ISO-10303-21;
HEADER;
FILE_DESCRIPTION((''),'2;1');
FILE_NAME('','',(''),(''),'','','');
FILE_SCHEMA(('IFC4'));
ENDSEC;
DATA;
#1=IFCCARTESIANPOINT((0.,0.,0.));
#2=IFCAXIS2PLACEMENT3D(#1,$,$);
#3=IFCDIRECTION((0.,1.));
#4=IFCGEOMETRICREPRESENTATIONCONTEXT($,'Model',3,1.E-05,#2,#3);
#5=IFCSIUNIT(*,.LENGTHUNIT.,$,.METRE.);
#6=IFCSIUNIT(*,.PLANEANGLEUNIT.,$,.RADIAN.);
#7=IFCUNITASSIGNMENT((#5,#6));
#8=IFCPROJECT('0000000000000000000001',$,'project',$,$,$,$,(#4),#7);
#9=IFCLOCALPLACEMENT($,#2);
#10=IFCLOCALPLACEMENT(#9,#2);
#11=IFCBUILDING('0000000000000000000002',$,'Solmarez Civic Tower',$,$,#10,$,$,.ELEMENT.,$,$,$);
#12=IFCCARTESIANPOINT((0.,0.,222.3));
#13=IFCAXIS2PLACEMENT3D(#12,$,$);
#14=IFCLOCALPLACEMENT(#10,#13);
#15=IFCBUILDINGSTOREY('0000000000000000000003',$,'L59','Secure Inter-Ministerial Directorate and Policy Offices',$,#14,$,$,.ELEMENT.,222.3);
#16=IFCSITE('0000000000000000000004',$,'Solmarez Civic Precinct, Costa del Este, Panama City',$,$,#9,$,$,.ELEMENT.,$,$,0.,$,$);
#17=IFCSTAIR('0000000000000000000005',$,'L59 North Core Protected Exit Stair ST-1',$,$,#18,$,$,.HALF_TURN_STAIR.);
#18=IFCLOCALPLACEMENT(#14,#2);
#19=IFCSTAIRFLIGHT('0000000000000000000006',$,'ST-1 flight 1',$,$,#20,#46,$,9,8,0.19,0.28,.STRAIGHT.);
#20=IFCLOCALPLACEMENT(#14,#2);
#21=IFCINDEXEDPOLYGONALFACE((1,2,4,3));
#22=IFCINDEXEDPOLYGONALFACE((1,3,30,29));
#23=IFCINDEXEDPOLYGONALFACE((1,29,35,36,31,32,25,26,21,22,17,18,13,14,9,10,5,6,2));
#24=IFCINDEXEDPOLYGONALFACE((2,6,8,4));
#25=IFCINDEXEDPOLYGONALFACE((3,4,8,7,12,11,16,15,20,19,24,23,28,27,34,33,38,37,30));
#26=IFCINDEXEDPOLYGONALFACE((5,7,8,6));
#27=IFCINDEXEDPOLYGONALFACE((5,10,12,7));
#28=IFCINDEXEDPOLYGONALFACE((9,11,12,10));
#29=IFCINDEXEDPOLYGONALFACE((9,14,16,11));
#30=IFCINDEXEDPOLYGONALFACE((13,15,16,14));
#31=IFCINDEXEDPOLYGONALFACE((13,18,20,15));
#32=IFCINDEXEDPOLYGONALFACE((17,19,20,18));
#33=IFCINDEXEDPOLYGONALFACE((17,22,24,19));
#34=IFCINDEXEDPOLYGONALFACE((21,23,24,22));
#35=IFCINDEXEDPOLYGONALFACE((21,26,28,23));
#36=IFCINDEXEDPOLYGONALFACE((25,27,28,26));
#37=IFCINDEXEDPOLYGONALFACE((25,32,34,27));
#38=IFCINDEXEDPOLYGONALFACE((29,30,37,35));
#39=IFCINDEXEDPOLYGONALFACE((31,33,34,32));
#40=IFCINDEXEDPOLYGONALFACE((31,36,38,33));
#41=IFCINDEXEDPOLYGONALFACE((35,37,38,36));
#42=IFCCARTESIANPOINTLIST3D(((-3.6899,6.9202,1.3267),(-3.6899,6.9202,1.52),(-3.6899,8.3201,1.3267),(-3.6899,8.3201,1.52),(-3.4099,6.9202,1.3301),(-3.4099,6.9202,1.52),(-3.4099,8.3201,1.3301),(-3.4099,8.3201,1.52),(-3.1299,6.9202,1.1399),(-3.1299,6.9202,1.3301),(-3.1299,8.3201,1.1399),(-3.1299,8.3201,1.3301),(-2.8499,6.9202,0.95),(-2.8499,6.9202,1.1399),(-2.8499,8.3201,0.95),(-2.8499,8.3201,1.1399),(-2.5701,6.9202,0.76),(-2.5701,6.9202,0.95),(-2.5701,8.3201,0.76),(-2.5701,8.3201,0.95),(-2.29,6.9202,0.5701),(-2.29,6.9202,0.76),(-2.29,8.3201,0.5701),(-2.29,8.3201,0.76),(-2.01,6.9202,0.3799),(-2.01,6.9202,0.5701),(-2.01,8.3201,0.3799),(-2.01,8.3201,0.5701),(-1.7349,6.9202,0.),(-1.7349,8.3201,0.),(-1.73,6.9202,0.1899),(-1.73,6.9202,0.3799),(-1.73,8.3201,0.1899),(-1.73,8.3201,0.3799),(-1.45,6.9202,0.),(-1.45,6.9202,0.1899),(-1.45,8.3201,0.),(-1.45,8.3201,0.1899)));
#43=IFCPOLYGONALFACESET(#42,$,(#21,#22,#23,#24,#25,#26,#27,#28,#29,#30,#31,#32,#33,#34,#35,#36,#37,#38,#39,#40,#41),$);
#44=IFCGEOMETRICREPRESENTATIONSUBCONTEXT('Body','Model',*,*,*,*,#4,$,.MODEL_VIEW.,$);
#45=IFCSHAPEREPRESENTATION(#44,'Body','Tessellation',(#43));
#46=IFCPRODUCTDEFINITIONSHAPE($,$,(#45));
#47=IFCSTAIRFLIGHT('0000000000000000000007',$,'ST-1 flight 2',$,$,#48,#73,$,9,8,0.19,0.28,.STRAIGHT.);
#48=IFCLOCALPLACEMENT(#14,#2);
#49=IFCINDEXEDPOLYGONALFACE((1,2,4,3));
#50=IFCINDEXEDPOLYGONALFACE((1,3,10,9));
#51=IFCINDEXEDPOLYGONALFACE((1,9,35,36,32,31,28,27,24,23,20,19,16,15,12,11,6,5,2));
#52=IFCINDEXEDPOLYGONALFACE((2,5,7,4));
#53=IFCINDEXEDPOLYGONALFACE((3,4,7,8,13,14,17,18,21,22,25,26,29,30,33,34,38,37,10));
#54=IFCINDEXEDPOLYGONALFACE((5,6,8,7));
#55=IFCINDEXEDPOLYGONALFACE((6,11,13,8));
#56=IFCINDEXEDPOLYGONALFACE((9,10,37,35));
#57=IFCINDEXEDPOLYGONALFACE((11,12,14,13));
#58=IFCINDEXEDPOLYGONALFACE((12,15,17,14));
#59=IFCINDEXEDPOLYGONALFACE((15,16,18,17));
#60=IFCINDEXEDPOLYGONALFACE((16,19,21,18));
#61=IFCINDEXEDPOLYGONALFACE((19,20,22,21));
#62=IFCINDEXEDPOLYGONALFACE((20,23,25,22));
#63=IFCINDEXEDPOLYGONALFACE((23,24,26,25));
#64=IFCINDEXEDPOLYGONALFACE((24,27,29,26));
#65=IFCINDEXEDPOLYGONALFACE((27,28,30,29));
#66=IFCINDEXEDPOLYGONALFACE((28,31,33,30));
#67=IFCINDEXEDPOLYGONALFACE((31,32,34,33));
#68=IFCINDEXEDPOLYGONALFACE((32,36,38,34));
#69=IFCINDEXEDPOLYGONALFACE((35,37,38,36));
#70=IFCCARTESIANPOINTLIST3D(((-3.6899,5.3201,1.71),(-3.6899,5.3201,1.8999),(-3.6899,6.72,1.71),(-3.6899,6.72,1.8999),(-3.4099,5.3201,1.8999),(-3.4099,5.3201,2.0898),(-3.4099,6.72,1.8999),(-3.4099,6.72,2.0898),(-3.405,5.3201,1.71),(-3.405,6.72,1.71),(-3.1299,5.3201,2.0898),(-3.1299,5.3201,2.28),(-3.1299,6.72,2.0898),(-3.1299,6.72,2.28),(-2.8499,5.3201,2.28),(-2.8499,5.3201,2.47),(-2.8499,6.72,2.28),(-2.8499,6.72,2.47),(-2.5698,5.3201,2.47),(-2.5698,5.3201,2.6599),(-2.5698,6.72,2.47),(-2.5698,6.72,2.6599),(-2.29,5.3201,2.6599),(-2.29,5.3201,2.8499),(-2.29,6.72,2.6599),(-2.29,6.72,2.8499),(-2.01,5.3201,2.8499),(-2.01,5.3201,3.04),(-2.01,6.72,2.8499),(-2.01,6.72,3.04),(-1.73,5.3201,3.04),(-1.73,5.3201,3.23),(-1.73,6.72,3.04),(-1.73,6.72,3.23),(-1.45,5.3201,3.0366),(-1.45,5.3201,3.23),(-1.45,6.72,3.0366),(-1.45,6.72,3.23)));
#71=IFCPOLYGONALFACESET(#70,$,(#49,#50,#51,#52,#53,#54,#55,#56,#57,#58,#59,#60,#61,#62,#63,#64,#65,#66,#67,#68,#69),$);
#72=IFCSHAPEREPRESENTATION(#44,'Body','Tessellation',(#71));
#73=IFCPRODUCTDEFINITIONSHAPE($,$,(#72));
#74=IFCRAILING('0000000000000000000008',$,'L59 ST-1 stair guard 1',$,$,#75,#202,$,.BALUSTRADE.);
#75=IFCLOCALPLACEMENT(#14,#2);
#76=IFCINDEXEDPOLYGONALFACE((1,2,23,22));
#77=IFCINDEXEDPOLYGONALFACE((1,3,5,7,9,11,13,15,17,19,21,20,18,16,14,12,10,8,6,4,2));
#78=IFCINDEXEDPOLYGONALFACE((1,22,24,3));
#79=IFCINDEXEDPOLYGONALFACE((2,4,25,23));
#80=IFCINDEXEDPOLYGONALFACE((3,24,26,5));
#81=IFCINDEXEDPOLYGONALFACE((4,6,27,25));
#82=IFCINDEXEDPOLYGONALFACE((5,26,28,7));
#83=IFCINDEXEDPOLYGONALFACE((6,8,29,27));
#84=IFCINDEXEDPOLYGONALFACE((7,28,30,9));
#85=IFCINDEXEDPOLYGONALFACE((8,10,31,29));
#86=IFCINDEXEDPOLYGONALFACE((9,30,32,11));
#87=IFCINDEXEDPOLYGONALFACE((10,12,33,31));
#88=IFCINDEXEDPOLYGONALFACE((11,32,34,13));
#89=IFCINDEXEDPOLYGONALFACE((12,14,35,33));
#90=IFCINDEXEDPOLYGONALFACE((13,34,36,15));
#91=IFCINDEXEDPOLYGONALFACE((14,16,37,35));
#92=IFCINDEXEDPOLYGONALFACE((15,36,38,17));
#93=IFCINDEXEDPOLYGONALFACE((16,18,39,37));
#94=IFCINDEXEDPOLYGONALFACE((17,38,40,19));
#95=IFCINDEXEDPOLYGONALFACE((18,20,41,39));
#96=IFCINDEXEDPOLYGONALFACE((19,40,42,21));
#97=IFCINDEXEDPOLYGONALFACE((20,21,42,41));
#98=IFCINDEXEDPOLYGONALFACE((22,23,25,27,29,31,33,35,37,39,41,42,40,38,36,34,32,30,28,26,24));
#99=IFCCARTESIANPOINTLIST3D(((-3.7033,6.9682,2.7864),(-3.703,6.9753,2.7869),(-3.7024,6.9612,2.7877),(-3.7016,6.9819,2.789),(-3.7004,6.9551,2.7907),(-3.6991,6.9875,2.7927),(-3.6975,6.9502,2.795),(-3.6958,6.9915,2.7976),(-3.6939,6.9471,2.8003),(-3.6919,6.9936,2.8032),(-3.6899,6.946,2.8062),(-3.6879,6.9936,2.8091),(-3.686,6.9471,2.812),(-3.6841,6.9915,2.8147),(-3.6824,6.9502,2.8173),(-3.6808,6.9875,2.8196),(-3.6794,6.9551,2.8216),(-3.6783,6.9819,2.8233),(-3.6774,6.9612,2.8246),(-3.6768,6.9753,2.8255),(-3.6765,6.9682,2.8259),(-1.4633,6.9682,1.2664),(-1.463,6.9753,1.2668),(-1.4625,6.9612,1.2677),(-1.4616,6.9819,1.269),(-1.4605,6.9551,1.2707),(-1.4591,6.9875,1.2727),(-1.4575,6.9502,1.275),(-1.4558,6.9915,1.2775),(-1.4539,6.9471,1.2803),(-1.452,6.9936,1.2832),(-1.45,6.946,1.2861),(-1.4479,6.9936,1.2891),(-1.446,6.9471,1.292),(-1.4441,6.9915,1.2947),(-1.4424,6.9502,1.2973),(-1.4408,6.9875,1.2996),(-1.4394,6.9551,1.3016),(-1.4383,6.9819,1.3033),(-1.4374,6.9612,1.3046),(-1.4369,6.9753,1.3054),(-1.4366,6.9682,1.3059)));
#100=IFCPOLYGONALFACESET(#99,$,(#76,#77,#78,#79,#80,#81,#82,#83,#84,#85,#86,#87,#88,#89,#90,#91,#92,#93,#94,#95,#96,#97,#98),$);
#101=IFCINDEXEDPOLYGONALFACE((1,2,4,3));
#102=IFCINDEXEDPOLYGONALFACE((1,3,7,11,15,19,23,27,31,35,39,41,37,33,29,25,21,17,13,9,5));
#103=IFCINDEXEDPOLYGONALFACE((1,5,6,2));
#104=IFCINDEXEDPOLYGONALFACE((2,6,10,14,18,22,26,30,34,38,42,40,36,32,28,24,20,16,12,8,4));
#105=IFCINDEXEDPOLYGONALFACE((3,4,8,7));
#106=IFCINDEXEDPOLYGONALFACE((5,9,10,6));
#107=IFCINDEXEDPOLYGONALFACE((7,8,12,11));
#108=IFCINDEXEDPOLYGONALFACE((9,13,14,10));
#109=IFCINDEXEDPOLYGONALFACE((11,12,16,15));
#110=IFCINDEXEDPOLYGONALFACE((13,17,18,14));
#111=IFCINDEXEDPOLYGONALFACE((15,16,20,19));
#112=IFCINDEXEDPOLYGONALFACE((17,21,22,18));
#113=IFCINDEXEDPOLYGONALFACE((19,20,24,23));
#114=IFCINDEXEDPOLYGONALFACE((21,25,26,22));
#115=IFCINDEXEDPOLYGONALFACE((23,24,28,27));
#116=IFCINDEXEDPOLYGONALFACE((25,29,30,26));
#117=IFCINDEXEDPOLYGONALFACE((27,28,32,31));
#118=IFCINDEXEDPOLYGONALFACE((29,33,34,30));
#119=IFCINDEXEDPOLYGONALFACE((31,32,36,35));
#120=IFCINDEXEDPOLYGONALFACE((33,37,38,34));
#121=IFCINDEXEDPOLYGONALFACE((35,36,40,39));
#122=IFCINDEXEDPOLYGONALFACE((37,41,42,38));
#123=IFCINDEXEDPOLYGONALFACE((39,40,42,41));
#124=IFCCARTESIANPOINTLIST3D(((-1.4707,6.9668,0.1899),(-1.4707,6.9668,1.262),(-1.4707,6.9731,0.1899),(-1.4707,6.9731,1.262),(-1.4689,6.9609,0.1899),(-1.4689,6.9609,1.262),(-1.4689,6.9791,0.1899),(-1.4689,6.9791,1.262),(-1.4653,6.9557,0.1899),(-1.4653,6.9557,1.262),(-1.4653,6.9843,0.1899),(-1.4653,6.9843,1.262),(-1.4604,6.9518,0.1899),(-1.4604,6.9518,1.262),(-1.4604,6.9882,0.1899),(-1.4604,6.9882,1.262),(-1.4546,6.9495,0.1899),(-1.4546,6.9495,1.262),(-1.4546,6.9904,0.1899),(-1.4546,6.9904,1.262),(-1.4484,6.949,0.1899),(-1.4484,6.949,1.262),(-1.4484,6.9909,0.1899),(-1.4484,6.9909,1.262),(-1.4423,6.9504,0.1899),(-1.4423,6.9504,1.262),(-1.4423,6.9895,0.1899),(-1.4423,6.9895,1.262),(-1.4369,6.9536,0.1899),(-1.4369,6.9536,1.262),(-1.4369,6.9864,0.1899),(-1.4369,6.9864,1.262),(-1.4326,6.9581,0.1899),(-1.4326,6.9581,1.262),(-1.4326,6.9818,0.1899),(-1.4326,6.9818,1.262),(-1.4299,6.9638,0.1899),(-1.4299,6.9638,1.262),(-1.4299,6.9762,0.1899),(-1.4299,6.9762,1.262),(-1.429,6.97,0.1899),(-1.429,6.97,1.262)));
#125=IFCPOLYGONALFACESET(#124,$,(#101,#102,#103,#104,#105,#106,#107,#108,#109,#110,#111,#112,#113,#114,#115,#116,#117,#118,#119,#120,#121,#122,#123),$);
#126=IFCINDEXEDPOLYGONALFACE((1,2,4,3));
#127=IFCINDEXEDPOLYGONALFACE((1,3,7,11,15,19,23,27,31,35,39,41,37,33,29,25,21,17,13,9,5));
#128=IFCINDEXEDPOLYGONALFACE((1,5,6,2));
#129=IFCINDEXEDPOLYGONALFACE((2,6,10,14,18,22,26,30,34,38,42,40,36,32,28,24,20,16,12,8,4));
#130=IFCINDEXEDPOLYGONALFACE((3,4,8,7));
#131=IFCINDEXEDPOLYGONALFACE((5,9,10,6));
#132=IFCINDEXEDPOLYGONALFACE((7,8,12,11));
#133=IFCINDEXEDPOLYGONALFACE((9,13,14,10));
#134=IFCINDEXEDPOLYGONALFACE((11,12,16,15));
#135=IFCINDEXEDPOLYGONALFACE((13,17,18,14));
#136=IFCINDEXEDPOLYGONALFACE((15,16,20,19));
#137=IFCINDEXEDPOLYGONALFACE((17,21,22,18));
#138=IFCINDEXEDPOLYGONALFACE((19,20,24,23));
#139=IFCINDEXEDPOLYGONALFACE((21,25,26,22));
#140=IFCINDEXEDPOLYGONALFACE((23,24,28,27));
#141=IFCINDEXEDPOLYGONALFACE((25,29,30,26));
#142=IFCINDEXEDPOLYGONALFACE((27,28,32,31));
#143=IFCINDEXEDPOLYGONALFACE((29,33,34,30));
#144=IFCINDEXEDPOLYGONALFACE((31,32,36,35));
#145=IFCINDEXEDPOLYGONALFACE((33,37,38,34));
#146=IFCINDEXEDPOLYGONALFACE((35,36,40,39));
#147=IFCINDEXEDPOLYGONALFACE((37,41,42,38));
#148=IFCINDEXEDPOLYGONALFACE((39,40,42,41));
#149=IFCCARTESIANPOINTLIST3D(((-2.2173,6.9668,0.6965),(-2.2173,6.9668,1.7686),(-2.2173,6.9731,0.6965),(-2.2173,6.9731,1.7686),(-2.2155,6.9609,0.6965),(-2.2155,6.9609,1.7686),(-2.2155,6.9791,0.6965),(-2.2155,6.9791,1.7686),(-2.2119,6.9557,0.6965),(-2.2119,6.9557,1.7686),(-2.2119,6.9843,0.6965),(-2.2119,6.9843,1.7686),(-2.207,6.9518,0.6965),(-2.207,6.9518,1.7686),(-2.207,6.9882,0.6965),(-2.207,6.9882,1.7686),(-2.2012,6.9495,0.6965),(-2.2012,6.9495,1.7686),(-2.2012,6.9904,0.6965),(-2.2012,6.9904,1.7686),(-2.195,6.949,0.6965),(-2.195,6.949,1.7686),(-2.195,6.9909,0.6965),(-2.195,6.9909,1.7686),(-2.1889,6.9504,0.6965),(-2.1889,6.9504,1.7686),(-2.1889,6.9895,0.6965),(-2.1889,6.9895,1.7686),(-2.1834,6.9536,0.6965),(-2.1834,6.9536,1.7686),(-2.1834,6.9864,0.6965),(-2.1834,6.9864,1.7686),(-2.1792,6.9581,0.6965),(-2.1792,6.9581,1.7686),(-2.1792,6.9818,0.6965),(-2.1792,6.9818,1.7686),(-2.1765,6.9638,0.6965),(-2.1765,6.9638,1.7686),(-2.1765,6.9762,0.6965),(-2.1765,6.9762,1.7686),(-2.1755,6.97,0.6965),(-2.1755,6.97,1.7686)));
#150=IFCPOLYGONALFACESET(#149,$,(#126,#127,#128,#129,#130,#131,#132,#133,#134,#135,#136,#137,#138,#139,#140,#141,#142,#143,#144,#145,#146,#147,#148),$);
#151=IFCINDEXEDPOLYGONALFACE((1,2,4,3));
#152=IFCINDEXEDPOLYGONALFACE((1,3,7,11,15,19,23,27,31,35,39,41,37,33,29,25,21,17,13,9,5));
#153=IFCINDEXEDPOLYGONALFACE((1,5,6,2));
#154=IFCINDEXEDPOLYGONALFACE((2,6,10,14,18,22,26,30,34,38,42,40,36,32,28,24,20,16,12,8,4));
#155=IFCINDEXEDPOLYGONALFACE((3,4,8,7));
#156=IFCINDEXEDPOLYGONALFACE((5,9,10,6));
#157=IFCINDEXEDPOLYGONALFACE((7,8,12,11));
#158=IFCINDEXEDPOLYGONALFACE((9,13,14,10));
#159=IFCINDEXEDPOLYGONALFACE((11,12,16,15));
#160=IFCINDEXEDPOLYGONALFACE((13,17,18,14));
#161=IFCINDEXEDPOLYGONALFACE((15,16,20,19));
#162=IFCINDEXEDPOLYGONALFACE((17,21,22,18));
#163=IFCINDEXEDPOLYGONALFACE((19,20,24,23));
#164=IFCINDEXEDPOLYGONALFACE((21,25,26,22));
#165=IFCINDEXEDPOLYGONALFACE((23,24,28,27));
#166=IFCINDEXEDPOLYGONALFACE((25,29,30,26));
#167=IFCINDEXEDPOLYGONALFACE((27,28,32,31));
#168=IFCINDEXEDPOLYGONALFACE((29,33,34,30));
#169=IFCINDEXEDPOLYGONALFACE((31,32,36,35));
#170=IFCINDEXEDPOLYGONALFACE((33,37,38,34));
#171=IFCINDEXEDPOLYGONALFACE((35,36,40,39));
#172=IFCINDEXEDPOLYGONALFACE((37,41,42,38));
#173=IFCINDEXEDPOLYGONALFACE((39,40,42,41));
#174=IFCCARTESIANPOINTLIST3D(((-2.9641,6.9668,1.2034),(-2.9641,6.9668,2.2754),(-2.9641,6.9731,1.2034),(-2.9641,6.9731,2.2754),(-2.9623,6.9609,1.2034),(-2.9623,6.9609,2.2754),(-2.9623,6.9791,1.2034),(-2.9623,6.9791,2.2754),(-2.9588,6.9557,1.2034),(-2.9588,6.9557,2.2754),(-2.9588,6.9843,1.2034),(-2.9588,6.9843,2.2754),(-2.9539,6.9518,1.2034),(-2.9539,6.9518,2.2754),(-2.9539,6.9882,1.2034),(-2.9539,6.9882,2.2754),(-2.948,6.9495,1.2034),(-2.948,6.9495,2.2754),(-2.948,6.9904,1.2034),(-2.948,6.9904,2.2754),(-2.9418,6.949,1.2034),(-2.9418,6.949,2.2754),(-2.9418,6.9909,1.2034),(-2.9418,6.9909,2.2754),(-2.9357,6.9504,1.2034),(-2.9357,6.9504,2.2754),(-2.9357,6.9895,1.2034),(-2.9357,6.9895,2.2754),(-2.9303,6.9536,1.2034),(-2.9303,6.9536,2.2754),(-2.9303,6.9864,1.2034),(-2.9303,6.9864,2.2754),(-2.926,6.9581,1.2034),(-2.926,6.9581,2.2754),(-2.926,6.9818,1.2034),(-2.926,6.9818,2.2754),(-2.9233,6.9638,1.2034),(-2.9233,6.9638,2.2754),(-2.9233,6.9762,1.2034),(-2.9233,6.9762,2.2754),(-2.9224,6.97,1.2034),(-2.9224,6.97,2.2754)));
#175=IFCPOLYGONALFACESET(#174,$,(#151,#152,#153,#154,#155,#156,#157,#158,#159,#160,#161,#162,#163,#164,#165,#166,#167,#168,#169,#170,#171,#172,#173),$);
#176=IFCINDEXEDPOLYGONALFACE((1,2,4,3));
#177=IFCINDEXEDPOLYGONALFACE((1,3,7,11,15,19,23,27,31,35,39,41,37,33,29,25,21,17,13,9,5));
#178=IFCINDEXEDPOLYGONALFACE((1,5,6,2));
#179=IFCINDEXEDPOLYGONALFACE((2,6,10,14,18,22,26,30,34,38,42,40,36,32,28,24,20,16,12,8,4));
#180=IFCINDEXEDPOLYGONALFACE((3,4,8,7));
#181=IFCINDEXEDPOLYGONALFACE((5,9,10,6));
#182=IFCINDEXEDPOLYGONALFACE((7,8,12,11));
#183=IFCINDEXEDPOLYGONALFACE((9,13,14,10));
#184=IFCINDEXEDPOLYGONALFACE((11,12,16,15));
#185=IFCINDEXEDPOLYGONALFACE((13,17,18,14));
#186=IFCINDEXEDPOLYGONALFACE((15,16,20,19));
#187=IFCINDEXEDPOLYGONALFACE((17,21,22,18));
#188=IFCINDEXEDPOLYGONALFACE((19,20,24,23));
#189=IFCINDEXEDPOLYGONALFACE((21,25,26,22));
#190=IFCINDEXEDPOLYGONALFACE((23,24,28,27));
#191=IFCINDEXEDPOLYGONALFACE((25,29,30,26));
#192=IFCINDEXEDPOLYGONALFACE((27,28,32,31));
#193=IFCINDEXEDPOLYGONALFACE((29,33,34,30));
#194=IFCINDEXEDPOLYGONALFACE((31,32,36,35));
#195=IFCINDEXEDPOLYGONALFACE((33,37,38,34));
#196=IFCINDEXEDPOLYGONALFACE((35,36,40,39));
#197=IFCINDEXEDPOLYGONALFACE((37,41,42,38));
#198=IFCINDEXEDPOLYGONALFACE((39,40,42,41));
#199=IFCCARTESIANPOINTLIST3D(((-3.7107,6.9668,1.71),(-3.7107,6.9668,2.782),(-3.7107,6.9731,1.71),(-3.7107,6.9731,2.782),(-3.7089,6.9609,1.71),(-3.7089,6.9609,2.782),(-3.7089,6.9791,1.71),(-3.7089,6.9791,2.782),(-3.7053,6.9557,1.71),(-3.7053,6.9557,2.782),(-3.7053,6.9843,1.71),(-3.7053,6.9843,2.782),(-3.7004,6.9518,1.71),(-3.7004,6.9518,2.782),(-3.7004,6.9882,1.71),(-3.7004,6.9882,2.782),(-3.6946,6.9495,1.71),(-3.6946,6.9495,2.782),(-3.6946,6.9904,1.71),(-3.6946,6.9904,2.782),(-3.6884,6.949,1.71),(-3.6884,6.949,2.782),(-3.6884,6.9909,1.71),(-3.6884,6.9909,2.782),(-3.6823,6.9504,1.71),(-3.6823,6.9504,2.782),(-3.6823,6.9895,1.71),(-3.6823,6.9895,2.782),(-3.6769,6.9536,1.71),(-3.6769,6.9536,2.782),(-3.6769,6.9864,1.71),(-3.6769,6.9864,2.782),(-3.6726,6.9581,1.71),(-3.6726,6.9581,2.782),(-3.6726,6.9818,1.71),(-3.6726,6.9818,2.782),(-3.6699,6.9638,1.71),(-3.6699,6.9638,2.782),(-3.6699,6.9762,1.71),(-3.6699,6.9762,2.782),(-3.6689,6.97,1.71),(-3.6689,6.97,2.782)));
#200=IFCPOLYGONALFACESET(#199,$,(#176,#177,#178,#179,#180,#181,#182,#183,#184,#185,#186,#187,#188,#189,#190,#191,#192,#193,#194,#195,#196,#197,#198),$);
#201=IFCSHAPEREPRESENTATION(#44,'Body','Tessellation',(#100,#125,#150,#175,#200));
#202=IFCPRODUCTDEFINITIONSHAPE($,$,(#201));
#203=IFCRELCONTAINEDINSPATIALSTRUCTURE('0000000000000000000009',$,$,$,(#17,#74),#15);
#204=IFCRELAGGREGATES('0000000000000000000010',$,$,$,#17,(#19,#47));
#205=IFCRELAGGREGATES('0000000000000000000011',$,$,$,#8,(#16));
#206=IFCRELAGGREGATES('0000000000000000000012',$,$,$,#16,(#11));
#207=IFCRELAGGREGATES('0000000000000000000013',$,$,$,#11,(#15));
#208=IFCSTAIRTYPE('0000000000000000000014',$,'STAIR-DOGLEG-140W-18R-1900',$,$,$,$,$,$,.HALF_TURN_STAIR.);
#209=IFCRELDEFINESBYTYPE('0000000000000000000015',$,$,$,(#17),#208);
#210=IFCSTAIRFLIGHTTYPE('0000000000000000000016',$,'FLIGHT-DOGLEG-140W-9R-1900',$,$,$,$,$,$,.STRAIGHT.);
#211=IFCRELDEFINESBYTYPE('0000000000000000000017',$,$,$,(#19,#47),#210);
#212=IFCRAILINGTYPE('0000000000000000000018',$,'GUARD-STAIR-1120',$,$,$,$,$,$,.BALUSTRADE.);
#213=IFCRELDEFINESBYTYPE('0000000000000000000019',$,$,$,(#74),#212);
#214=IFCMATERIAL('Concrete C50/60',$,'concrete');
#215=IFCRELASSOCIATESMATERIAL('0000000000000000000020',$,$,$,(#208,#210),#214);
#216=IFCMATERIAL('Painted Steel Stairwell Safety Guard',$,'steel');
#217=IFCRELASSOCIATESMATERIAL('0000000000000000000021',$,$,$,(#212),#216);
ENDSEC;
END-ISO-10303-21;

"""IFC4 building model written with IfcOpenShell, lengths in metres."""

from ifc_helpers import new_model, si_unit, direction, frame, origin, origin_2d, place, context, subcontext, project, spatial, polyline, circle, outline, extrude, material, type_object, element, aggregate, save


model = new_model("IFC4")

# Units and contexts
model_context = context("Model", 3, precision=1e-05, world=origin(), true_north=direction((0.0, 1.0)))
body_context = subcontext(model_context, "Body", "Model", "MODEL_VIEW")
ifc_project = project(units=[si_unit("LENGTHUNIT", "METRE"), si_unit("PLANEANGLEUNIT", "RADIAN")], contexts=[model_context])

# Site, building, storey
site_placement = place(None, origin())
site = spatial("IfcSite", under=ifc_project, at=site_placement, Name="Solmarez Civic Precinct, Costa del Este, Panama City", CompositionType="ELEMENT", RefElevation=0.0)
building_placement = place(site_placement, origin())
building = spatial("IfcBuilding", under=site, at=building_placement, Name="Solmarez Civic Tower", CompositionType="ELEMENT")
storey_placement = place(building_placement, frame((0.0, 0.0, 222.3)))
storey = spatial("IfcBuildingStorey", under=building, at=storey_placement, Name="L59", Description="Secure Inter-Ministerial Directorate and Policy Offices", CompositionType="ELEMENT", Elevation=222.3)

# Shared definitions
ifc_material_1 = material(Name="Concrete C50/60", Category="concrete")

# Stair, stair flights
stair_type = type_object("IfcStairType", Name="STAIR-DOGLEG-140W-18R-1900", PredefinedType="HALF_TURN_STAIR", material=ifc_material_1)
stair_placement = place(storey_placement, origin())
stair = element("IfcStair", 1, at=stair_placement, inside=storey, type_object=stair_type, Name="L59 North Core Protected Exit Stair ST-1", PredefinedType="HALF_TURN_STAIR")
stair_flight_type = type_object("IfcStairFlightType", Name="FLIGHT-DOGLEG-140W-9R-1900", PredefinedType="STRAIGHT", material=ifc_material_1)
stair_flight_1_placement = place(storey_placement, frame((-1.45, 7.6201, 0.0), z_axis=(0.0, 0.0, 1.0), x_axis=(-1.0, 0.0, 0.0)))
stair_flight_1 = element("IfcStairFlight", 2, at=stair_flight_1_placement, type_object=stair_flight_type, Name="ST-1 flight 1", NumberOfRisers=9, NumberOfTreads=8, PredefinedType="STRAIGHT", RiserHeight=0.19, TreadLength=0.28, context=body_context, shape_type="SweptSolid", body=[
    extrude(outline(polyline([(0.0, 0.0), (0.0, 0.1899), (0.28, 0.1899), (0.28, 0.3799), (0.5601, 0.3799), (0.5601, 0.5701), (0.8401, 0.5701), (0.8401, 0.76), (1.1201, 0.76), (1.1201, 0.95), (1.3999, 0.95), (1.3999, 1.1399), (1.6799, 1.1399), (1.6799, 1.3301), (1.96, 1.3301), (1.96, 1.52), (2.24, 1.52), (2.24, 1.71), (2.24, 1.3267), (0.2849, 0.0), (0.0, 0.0)])), frame((0.0, 0.7, 0.0), z_axis=(0.0, -1.0, 0.0), x_axis=(1.0, 0.0, 0.0)), (0.0, 0.0, 1.0), 1.3999),
])
stair_flight_2_placement = place(storey_placement, frame((-3.6899, 6.02, 1.71), z_axis=(0.0, 0.0, 1.0), x_axis=(1.0, 0.0, 0.0)))
stair_flight_2 = element("IfcStairFlight", 3, at=stair_flight_2_placement, type_object=stair_flight_type, Name="ST-1 flight 2", NumberOfRisers=9, NumberOfTreads=8, PredefinedType="STRAIGHT", RiserHeight=0.19, TreadLength=0.28, context=body_context, shape_type="SweptSolid", body=[
    extrude(outline(polyline([(0.0, 0.0), (0.0, 0.1899), (0.28, 0.1899), (0.28, 0.3799), (0.5601, 0.3799), (0.5601, 0.5701), (0.8401, 0.5701), (0.8401, 0.76), (1.1201, 0.76), (1.1201, 0.95), (1.3999, 0.95), (1.3999, 1.1399), (1.6799, 1.1399), (1.6799, 1.3301), (1.96, 1.3301), (1.96, 1.52), (2.24, 1.52), (2.24, 1.71), (2.24, 1.3267), (0.2849, 0.0), (0.0, 0.0)])), frame((0.0, 0.7, 0.0), z_axis=(0.0, -1.0, 0.0), x_axis=(1.0, 0.0, 0.0)), (0.0, 0.0, 1.0), 1.3999),
])
aggregate(stair, [stair_flight_1, stair_flight_2])

# Railing
ifc_material_2 = material(Name="Painted Steel Stairwell Safety Guard", Category="steel")
railing_type_1 = type_object("IfcRailingType", Name="GUARD-STAIR-1120", PredefinedType="BALUSTRADE", material=ifc_material_2)
railing_1_placement = place(storey_placement, frame((-1.45, 6.97, 0.1899)))
element("IfcRailing", 4, at=railing_1_placement, inside=storey, type_object=railing_type_1, Name="L59 ST-1 stair guard 1", PredefinedType="BALUSTRADE", context=body_context, shape_type="SweptSolid", body=[
    extrude(circle(Radius=0.0239, at=origin_2d()), frame((0.0, 0.0, 1.0962), z_axis=(-0.827471, 0.0, 0.561508), x_axis=(0.0, -1.0, 0.0)), (0.0, 0.0, 1.0), 2.707),
    extrude(circle(Radius=0.021, at=origin_2d()), origin(), (0.0, 0.0, 1.0), 1.072),
    extrude(circle(Radius=0.021, at=origin_2d()), frame((-0.7466, 0.0, 0.5066)), (0.0, 0.0, 1.0), 1.072),
    extrude(circle(Radius=0.021, at=origin_2d()), frame((-1.4934, 0.0, 1.0134)), (0.0, 0.0, 1.0), 1.072),
    extrude(circle(Radius=0.021, at=origin_2d()), frame((-2.24, 0.0, 1.52)), (0.0, 0.0, 1.0), 1.072),
])

save(model, "model.ifc")
